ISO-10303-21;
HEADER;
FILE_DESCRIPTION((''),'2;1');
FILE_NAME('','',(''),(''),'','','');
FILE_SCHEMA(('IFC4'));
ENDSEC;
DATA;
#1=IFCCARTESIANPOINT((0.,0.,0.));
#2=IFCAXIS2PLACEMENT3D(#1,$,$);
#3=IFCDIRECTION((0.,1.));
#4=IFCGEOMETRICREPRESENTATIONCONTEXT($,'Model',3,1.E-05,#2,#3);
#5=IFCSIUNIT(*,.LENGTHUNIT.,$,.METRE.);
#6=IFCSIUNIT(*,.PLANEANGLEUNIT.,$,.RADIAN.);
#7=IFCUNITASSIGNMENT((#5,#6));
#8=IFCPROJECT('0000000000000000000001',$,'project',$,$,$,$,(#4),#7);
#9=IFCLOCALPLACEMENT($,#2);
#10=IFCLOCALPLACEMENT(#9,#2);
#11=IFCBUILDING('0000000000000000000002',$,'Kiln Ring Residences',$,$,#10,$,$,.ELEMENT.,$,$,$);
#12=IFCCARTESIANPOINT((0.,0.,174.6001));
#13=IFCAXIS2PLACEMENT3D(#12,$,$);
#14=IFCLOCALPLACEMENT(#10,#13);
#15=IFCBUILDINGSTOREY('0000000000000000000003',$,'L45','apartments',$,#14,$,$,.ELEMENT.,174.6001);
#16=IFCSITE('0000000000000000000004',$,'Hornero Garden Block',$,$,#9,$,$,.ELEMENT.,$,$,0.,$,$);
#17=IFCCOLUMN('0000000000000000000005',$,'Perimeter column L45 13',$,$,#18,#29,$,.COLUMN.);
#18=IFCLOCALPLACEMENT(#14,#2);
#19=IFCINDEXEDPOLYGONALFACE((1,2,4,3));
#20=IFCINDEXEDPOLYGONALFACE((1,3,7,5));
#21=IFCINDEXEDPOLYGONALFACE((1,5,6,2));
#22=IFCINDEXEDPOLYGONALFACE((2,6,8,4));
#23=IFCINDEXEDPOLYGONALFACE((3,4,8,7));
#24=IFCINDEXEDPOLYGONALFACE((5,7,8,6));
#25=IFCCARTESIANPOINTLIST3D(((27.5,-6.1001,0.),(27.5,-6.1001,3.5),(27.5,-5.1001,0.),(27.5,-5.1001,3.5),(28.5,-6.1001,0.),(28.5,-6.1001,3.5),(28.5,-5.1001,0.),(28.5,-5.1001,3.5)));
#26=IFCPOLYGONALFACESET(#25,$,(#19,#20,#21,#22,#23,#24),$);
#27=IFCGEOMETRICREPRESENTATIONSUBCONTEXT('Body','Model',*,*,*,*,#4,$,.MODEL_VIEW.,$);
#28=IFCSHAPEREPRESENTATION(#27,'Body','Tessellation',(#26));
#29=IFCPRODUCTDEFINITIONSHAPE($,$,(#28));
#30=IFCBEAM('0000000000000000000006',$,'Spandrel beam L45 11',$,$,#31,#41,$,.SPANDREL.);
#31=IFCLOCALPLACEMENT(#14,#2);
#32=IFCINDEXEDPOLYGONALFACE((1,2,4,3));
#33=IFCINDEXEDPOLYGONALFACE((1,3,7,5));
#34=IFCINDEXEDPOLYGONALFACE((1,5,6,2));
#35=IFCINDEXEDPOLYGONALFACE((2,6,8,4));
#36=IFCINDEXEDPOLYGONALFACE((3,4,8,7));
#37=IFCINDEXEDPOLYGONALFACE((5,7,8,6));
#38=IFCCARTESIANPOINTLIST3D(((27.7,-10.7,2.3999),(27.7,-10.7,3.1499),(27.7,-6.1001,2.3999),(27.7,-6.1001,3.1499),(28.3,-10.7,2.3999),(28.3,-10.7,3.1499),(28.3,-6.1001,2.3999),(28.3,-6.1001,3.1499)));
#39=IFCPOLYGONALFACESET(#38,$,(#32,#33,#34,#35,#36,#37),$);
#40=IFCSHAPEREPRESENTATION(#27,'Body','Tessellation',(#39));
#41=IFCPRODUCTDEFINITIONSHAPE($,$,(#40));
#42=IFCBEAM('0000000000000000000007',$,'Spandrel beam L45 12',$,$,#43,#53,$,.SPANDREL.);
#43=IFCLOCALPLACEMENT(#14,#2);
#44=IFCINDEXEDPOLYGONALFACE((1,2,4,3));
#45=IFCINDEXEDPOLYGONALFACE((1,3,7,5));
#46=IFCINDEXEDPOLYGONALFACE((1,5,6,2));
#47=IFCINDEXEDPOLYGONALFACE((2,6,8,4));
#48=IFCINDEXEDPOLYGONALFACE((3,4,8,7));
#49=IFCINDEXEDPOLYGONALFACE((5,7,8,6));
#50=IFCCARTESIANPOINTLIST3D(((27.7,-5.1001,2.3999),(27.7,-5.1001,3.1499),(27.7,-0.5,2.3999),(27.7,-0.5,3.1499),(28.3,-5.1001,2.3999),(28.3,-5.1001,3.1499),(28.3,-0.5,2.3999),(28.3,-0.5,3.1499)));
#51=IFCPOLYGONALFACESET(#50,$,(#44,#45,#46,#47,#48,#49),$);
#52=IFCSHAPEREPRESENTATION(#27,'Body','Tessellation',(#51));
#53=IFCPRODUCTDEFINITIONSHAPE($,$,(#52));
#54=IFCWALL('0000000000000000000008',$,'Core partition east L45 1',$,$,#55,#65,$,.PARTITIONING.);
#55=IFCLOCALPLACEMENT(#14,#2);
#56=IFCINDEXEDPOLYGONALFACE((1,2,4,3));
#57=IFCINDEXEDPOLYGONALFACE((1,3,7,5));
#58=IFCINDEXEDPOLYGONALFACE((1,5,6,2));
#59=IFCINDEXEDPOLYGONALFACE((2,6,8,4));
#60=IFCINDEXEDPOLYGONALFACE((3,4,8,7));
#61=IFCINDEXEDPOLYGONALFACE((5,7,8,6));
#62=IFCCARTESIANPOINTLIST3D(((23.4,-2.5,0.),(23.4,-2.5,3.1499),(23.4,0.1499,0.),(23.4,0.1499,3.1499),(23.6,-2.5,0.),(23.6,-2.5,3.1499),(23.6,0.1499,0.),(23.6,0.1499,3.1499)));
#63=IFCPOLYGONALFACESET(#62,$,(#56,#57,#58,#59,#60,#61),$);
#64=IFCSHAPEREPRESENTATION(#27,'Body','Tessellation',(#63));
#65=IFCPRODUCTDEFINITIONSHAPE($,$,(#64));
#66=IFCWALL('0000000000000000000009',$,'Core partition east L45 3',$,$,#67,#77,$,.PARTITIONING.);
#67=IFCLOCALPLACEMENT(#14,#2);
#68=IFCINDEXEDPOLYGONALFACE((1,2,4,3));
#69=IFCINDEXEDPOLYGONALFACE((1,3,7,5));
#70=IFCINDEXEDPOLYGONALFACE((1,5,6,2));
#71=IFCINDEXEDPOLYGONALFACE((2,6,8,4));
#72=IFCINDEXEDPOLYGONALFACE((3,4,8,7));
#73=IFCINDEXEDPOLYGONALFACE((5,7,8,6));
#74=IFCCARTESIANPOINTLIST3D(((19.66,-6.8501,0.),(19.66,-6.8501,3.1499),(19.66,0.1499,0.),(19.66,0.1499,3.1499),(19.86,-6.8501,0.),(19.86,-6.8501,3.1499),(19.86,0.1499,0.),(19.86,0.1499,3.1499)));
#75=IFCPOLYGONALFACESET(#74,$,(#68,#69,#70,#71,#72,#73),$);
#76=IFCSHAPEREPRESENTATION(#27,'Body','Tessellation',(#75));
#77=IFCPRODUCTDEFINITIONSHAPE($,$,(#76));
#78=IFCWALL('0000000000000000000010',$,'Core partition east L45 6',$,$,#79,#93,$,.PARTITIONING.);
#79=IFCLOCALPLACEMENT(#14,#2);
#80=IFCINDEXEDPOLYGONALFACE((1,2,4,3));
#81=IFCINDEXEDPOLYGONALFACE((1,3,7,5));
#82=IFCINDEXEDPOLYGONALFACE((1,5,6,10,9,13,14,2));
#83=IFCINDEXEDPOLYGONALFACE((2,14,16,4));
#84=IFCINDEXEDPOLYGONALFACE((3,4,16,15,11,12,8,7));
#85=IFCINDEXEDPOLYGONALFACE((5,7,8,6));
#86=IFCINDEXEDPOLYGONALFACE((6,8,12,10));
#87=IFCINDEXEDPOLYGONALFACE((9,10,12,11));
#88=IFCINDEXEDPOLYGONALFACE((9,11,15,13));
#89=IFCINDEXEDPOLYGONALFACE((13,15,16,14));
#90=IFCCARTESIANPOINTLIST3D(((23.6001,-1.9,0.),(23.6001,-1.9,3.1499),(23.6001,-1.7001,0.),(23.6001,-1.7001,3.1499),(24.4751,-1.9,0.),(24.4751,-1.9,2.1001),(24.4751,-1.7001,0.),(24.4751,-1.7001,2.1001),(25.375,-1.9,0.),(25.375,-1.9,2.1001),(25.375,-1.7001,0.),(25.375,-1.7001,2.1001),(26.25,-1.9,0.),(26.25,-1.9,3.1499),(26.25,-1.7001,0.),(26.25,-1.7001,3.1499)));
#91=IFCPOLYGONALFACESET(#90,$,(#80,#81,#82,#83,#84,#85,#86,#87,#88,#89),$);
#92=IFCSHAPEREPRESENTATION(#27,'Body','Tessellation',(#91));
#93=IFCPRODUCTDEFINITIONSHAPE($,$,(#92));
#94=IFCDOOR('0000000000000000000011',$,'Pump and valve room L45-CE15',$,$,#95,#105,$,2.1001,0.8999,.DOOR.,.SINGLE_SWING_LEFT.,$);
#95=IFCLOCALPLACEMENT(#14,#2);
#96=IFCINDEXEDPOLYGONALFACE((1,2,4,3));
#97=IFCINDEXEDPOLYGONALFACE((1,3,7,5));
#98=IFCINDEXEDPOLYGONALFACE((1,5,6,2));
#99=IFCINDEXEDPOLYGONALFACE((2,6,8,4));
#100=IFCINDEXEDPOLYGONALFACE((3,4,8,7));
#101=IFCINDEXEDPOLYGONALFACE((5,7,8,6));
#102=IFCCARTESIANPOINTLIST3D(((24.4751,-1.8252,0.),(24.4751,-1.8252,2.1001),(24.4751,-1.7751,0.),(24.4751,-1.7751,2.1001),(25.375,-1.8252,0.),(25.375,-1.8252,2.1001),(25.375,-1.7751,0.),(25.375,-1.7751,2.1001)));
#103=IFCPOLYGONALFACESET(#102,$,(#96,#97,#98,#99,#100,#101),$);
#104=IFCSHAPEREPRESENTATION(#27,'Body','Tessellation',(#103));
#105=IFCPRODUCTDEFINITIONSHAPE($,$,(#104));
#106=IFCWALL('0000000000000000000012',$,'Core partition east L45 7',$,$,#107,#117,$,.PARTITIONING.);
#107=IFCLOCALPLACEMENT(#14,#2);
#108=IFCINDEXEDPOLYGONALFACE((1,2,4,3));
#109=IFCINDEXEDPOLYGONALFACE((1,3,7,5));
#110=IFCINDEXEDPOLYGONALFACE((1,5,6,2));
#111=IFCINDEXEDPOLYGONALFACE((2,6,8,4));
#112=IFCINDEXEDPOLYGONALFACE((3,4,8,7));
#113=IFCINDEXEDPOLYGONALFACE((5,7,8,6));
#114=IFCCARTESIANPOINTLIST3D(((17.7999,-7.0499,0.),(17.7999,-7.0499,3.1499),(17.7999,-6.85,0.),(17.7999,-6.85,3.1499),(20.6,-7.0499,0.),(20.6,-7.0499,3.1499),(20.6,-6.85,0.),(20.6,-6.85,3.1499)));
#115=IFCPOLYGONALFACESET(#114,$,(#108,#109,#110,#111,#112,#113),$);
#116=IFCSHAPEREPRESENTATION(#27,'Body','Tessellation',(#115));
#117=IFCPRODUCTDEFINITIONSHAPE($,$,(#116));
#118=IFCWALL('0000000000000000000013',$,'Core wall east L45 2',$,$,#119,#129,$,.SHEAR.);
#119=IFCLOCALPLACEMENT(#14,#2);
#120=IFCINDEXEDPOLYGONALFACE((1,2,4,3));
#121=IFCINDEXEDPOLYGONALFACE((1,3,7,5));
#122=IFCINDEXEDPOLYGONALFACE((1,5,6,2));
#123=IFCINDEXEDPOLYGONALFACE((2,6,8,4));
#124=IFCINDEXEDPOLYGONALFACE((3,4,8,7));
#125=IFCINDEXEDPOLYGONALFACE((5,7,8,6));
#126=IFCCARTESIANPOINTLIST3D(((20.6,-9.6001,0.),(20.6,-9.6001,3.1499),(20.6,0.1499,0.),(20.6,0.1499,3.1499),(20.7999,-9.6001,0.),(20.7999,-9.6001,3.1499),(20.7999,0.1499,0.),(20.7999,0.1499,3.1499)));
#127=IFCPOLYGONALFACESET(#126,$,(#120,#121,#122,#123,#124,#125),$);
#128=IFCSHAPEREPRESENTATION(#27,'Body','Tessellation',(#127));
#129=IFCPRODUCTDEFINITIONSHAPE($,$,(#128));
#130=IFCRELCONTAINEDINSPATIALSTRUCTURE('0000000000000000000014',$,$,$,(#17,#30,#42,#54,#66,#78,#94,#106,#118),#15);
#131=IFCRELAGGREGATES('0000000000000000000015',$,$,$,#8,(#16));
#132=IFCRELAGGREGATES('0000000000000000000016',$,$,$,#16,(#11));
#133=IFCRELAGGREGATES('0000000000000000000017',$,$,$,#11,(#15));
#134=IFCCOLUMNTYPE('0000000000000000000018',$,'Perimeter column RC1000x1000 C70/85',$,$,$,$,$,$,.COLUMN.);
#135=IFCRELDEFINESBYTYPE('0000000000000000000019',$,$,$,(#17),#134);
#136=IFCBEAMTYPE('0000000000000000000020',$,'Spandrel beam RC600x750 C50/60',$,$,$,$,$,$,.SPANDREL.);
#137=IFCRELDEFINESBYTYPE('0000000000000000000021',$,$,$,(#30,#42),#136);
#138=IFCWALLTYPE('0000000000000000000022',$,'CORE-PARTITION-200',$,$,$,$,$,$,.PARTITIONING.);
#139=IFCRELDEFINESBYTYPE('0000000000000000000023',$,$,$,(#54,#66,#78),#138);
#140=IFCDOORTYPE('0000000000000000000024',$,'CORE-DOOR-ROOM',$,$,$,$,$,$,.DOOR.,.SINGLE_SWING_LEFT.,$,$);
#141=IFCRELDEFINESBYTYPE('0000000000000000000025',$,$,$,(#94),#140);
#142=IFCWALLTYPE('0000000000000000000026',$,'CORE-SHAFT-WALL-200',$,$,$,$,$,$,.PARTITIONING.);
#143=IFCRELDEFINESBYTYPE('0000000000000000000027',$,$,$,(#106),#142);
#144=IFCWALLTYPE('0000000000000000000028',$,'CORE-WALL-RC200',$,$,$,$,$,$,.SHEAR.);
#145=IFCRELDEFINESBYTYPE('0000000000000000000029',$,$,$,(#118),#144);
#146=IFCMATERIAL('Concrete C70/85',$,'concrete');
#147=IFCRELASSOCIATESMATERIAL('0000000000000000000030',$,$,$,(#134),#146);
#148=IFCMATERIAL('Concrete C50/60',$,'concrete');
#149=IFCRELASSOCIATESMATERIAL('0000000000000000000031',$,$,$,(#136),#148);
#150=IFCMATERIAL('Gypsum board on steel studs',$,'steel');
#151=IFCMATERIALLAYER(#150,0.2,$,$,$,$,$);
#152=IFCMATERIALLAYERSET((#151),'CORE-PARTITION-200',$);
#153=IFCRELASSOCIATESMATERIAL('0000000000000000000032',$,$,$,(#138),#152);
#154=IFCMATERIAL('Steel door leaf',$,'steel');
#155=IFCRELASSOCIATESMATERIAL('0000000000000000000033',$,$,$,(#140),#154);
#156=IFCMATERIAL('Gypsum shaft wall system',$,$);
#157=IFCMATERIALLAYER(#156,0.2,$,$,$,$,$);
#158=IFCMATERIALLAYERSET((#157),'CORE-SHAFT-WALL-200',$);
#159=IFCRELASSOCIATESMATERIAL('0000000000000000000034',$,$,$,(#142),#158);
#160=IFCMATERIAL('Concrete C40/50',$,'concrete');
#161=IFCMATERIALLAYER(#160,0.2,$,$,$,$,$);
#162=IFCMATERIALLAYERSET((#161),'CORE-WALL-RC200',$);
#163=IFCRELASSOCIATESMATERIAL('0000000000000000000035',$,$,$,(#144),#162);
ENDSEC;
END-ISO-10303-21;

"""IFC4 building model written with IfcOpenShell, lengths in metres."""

from ifc_helpers import new_model, si_unit, direction, frame, frame_2d, origin, origin_2d, place, context, subcontext, project, spatial, rectangle, extrude, material, layer, layer_set, material_profile, profile_set, type_object, element, fill, save


model = new_model("IFC4")

# Units and contexts
model_context = context("Model", 3, precision=1e-05, world=origin(), true_north=direction((0.0, 1.0)))
body_context = subcontext(model_context, "Body", "Model", "MODEL_VIEW")
ifc_project = project(units=[si_unit("LENGTHUNIT", "METRE"), si_unit("PLANEANGLEUNIT", "RADIAN")], contexts=[model_context])

# Site, building, storey
site_placement = place(None, origin())
site = spatial("IfcSite", under=ifc_project, at=site_placement, Name="Hornero Garden Block", CompositionType="ELEMENT", RefElevation=0.0)
building_placement = place(site_placement, origin())
building = spatial("IfcBuilding", under=site, at=building_placement, Name="Kiln Ring Residences", CompositionType="ELEMENT")
storey_placement = place(building_placement, frame((0.0, 0.0, 174.6001)))
storey = spatial("IfcBuildingStorey", under=building, at=storey_placement, Name="L45", Description="apartments", CompositionType="ELEMENT", Elevation=174.6001)

# Column
ifc_material_1 = material(Name="Concrete C70/85", Category="concrete")
ifc_material_profile_1 = material_profile(ifc_material_1, rectangle(XDim=1.0, YDim=1.0, at=origin_2d()), Name="RC1000x1000")
ifc_profile_set_1 = profile_set([ifc_material_profile_1], Name="Concrete C70/85")
column_type = type_object("IfcColumnType", Name="Perimeter column RC1000x1000 C70/85", PredefinedType="COLUMN", material=ifc_profile_set_1)
column_placement = place(storey_placement, frame((28.0, -5.6001, 0.0), z_axis=(0.0, 0.0, 1.0), x_axis=(1.0, 0.0, 0.0)))
element("IfcColumn", 1, at=column_placement, inside=storey, type_object=column_type, Name="Perimeter column L45 13", PredefinedType="COLUMN", context=body_context, shape_type="SweptSolid", body=[
    extrude(rectangle(XDim=1.0, YDim=1.0, at=origin_2d()), origin(), (0.0, 0.0, 1.0), 3.5),
])

# Beams
ifc_material_2 = material(Name="Concrete C50/60", Category="concrete")
ifc_material_profile_2 = material_profile(ifc_material_2, rectangle(XDim=0.6001, YDim=0.75, at=origin_2d()), Name="RC600x750")
ifc_profile_set_2 = profile_set([ifc_material_profile_2], Name="Concrete C50/60")
beam_type = type_object("IfcBeamType", Name="Spandrel beam RC600x750 C50/60", PredefinedType="SPANDREL", material=ifc_profile_set_2)
beam_1_placement = place(storey_placement, frame((28.0, -10.7, 2.7749), z_axis=(0.0, 1.0, 0.0), x_axis=(-1.0, 0.0, 0.0)))
element("IfcBeam", 2, at=beam_1_placement, inside=storey, type_object=beam_type, Name="Spandrel beam L45 11", PredefinedType="SPANDREL", context=body_context, shape_type="SweptSolid", body=[
    extrude(rectangle(XDim=0.6001, YDim=0.75, at=origin_2d()), origin(), (0.0, 0.0, 1.0), 4.5999),
])
beam_2_placement = place(storey_placement, frame((28.0, -5.1001, 2.7749), z_axis=(0.0, 1.0, 0.0), x_axis=(-1.0, 0.0, 0.0)))
element("IfcBeam", 3, at=beam_2_placement, inside=storey, type_object=beam_type, Name="Spandrel beam L45 12", PredefinedType="SPANDREL", context=body_context, shape_type="SweptSolid", body=[
    extrude(rectangle(XDim=0.6001, YDim=0.75, at=origin_2d()), origin(), (0.0, 0.0, 1.0), 4.6001),
])

# Walls
ifc_material_3 = material(Name="Gypsum board on steel studs", Category="steel")
ifc_layer_1 = layer(ifc_material_3, 0.2)
ifc_layer_set_1 = layer_set([ifc_layer_1], Name="CORE-PARTITION-200")
wall_type_1 = type_object("IfcWallType", Name="CORE-PARTITION-200", PredefinedType="PARTITIONING", material=ifc_layer_set_1)
wall_1_placement = place(storey_placement, frame((23.5, -2.5, 0.0), z_axis=(0.0, 0.0, 1.0), x_axis=(0.0, 1.0, 0.0)))
element("IfcWall", 4, at=wall_1_placement, inside=storey, type_object=wall_type_1, Name="Core partition east L45 1", PredefinedType="PARTITIONING", context=body_context, shape_type="SweptSolid", body=[
    extrude(rectangle(XDim=2.6499, YDim=0.2, at=frame_2d((1.325, 0.0))), origin(), (0.0, 0.0, 1.0), 3.1499),
])
wall_2_placement = place(storey_placement, frame((19.76, -6.8501, 0.0), z_axis=(0.0, 0.0, 1.0), x_axis=(0.0, 1.0, 0.0)))
element("IfcWall", 5, at=wall_2_placement, inside=storey, type_object=wall_type_1, Name="Core partition east L45 3", PredefinedType="PARTITIONING", context=body_context, shape_type="SweptSolid", body=[
    extrude(rectangle(XDim=7.0, YDim=0.2, at=frame_2d((3.5, 0.0))), origin(), (0.0, 0.0, 1.0), 3.1499),
])

# Wall, opening, door
wall_3_placement = place(storey_placement, frame((23.6001, -1.8, 0.0), z_axis=(0.0, 0.0, 1.0), x_axis=(1.0, 0.0, 0.0)))
wall_3 = element("IfcWall", 6, at=wall_3_placement, inside=storey, type_object=wall_type_1, Name="Core partition east L45 6", PredefinedType="PARTITIONING", context=body_context, shape_type="SweptSolid", body=[
    extrude(rectangle(XDim=2.6499, YDim=0.2, at=frame_2d((1.325, 0.0))), origin(), (0.0, 0.0, 1.0), 3.1499),
])
opening_1_placement = place(wall_3_placement, frame((0.875, 0.0, 0.0)))
opening_1 = element("IfcOpeningElement", 7, at=opening_1_placement, cuts=wall_3, PredefinedType="OPENING", context=body_context, shape_type="SweptSolid", body=[
    extrude(rectangle(XDim=0.8999, YDim=2.1001, at=frame_2d((0.45, 1.05))), frame((0.0, 0.1099, 0.0), z_axis=(0.0, -1.0, 0.0), x_axis=(1.0, 0.0, 0.0)), (0.0, 0.0, 1.0), 0.22),
])
ifc_material_4 = material(Name="Steel door leaf", Category="steel")
door_type_1 = type_object("IfcDoorType", Name="CORE-DOOR-ROOM", OperationType="SINGLE_SWING_LEFT", PredefinedType="DOOR", material=ifc_material_4)
door_1_placement = place(opening_1_placement, origin())
door_1 = element("IfcDoor", 8, at=door_1_placement, inside=storey, type_object=door_type_1, Name="Pump and valve room L45-CE15", OperationType="SINGLE_SWING_LEFT", OverallHeight=2.1001, OverallWidth=0.8999, PredefinedType="DOOR", context=body_context, shape_type="SweptSolid", body=[
    extrude(rectangle(XDim=0.8999, YDim=2.1001, at=frame_2d((0.45, 1.05))), frame((0.0, 0.0249, 0.0), z_axis=(0.0, -1.0, 0.0), x_axis=(1.0, 0.0, 0.0)), (0.0, 0.0, 1.0), 0.05),
])
fill(opening_1, door_1)

# Walls
ifc_material_5 = material(Name="Gypsum shaft wall system")
ifc_layer_2 = layer(ifc_material_5, 0.2)
ifc_layer_set_2 = layer_set([ifc_layer_2], Name="CORE-SHAFT-WALL-200")
wall_type_2 = type_object("IfcWallType", Name="CORE-SHAFT-WALL-200", PredefinedType="PARTITIONING", material=ifc_layer_set_2)
wall_4_placement = place(storey_placement, frame((17.8, -6.95, 0.0), z_axis=(0.0, 0.0, 1.0), x_axis=(1.0, 0.0, 0.0)))
element("IfcWall", 9, at=wall_4_placement, inside=storey, type_object=wall_type_2, Name="Core partition east L45 7", PredefinedType="PARTITIONING", context=body_context, shape_type="SweptSolid", body=[
    extrude(rectangle(XDim=2.8, YDim=0.2, at=frame_2d((1.3999, 0.0))), origin(), (0.0, 0.0, 1.0), 3.1499),
])
ifc_material_6 = material(Name="Concrete C40/50", Category="concrete")
ifc_layer_3 = layer(ifc_material_6, 0.2)
ifc_layer_set_3 = layer_set([ifc_layer_3], Name="CORE-WALL-RC200")
wall_type_3 = type_object("IfcWallType", Name="CORE-WALL-RC200", PredefinedType="SHEAR", material=ifc_layer_set_3)
wall_5_placement = place(storey_placement, frame((20.7, -9.6001, 0.0), z_axis=(0.0, 0.0, 1.0), x_axis=(0.0, 1.0, 0.0)))
element("IfcWall", 10, at=wall_5_placement, inside=storey, type_object=wall_type_3, Name="Core wall east L45 2", PredefinedType="SHEAR", context=body_context, shape_type="SweptSolid", body=[
    extrude(rectangle(XDim=9.75, YDim=0.2, at=frame_2d((4.875, 0.0))), origin(), (0.0, 0.0, 1.0), 3.1499),
])

save(model, "model.ifc")
